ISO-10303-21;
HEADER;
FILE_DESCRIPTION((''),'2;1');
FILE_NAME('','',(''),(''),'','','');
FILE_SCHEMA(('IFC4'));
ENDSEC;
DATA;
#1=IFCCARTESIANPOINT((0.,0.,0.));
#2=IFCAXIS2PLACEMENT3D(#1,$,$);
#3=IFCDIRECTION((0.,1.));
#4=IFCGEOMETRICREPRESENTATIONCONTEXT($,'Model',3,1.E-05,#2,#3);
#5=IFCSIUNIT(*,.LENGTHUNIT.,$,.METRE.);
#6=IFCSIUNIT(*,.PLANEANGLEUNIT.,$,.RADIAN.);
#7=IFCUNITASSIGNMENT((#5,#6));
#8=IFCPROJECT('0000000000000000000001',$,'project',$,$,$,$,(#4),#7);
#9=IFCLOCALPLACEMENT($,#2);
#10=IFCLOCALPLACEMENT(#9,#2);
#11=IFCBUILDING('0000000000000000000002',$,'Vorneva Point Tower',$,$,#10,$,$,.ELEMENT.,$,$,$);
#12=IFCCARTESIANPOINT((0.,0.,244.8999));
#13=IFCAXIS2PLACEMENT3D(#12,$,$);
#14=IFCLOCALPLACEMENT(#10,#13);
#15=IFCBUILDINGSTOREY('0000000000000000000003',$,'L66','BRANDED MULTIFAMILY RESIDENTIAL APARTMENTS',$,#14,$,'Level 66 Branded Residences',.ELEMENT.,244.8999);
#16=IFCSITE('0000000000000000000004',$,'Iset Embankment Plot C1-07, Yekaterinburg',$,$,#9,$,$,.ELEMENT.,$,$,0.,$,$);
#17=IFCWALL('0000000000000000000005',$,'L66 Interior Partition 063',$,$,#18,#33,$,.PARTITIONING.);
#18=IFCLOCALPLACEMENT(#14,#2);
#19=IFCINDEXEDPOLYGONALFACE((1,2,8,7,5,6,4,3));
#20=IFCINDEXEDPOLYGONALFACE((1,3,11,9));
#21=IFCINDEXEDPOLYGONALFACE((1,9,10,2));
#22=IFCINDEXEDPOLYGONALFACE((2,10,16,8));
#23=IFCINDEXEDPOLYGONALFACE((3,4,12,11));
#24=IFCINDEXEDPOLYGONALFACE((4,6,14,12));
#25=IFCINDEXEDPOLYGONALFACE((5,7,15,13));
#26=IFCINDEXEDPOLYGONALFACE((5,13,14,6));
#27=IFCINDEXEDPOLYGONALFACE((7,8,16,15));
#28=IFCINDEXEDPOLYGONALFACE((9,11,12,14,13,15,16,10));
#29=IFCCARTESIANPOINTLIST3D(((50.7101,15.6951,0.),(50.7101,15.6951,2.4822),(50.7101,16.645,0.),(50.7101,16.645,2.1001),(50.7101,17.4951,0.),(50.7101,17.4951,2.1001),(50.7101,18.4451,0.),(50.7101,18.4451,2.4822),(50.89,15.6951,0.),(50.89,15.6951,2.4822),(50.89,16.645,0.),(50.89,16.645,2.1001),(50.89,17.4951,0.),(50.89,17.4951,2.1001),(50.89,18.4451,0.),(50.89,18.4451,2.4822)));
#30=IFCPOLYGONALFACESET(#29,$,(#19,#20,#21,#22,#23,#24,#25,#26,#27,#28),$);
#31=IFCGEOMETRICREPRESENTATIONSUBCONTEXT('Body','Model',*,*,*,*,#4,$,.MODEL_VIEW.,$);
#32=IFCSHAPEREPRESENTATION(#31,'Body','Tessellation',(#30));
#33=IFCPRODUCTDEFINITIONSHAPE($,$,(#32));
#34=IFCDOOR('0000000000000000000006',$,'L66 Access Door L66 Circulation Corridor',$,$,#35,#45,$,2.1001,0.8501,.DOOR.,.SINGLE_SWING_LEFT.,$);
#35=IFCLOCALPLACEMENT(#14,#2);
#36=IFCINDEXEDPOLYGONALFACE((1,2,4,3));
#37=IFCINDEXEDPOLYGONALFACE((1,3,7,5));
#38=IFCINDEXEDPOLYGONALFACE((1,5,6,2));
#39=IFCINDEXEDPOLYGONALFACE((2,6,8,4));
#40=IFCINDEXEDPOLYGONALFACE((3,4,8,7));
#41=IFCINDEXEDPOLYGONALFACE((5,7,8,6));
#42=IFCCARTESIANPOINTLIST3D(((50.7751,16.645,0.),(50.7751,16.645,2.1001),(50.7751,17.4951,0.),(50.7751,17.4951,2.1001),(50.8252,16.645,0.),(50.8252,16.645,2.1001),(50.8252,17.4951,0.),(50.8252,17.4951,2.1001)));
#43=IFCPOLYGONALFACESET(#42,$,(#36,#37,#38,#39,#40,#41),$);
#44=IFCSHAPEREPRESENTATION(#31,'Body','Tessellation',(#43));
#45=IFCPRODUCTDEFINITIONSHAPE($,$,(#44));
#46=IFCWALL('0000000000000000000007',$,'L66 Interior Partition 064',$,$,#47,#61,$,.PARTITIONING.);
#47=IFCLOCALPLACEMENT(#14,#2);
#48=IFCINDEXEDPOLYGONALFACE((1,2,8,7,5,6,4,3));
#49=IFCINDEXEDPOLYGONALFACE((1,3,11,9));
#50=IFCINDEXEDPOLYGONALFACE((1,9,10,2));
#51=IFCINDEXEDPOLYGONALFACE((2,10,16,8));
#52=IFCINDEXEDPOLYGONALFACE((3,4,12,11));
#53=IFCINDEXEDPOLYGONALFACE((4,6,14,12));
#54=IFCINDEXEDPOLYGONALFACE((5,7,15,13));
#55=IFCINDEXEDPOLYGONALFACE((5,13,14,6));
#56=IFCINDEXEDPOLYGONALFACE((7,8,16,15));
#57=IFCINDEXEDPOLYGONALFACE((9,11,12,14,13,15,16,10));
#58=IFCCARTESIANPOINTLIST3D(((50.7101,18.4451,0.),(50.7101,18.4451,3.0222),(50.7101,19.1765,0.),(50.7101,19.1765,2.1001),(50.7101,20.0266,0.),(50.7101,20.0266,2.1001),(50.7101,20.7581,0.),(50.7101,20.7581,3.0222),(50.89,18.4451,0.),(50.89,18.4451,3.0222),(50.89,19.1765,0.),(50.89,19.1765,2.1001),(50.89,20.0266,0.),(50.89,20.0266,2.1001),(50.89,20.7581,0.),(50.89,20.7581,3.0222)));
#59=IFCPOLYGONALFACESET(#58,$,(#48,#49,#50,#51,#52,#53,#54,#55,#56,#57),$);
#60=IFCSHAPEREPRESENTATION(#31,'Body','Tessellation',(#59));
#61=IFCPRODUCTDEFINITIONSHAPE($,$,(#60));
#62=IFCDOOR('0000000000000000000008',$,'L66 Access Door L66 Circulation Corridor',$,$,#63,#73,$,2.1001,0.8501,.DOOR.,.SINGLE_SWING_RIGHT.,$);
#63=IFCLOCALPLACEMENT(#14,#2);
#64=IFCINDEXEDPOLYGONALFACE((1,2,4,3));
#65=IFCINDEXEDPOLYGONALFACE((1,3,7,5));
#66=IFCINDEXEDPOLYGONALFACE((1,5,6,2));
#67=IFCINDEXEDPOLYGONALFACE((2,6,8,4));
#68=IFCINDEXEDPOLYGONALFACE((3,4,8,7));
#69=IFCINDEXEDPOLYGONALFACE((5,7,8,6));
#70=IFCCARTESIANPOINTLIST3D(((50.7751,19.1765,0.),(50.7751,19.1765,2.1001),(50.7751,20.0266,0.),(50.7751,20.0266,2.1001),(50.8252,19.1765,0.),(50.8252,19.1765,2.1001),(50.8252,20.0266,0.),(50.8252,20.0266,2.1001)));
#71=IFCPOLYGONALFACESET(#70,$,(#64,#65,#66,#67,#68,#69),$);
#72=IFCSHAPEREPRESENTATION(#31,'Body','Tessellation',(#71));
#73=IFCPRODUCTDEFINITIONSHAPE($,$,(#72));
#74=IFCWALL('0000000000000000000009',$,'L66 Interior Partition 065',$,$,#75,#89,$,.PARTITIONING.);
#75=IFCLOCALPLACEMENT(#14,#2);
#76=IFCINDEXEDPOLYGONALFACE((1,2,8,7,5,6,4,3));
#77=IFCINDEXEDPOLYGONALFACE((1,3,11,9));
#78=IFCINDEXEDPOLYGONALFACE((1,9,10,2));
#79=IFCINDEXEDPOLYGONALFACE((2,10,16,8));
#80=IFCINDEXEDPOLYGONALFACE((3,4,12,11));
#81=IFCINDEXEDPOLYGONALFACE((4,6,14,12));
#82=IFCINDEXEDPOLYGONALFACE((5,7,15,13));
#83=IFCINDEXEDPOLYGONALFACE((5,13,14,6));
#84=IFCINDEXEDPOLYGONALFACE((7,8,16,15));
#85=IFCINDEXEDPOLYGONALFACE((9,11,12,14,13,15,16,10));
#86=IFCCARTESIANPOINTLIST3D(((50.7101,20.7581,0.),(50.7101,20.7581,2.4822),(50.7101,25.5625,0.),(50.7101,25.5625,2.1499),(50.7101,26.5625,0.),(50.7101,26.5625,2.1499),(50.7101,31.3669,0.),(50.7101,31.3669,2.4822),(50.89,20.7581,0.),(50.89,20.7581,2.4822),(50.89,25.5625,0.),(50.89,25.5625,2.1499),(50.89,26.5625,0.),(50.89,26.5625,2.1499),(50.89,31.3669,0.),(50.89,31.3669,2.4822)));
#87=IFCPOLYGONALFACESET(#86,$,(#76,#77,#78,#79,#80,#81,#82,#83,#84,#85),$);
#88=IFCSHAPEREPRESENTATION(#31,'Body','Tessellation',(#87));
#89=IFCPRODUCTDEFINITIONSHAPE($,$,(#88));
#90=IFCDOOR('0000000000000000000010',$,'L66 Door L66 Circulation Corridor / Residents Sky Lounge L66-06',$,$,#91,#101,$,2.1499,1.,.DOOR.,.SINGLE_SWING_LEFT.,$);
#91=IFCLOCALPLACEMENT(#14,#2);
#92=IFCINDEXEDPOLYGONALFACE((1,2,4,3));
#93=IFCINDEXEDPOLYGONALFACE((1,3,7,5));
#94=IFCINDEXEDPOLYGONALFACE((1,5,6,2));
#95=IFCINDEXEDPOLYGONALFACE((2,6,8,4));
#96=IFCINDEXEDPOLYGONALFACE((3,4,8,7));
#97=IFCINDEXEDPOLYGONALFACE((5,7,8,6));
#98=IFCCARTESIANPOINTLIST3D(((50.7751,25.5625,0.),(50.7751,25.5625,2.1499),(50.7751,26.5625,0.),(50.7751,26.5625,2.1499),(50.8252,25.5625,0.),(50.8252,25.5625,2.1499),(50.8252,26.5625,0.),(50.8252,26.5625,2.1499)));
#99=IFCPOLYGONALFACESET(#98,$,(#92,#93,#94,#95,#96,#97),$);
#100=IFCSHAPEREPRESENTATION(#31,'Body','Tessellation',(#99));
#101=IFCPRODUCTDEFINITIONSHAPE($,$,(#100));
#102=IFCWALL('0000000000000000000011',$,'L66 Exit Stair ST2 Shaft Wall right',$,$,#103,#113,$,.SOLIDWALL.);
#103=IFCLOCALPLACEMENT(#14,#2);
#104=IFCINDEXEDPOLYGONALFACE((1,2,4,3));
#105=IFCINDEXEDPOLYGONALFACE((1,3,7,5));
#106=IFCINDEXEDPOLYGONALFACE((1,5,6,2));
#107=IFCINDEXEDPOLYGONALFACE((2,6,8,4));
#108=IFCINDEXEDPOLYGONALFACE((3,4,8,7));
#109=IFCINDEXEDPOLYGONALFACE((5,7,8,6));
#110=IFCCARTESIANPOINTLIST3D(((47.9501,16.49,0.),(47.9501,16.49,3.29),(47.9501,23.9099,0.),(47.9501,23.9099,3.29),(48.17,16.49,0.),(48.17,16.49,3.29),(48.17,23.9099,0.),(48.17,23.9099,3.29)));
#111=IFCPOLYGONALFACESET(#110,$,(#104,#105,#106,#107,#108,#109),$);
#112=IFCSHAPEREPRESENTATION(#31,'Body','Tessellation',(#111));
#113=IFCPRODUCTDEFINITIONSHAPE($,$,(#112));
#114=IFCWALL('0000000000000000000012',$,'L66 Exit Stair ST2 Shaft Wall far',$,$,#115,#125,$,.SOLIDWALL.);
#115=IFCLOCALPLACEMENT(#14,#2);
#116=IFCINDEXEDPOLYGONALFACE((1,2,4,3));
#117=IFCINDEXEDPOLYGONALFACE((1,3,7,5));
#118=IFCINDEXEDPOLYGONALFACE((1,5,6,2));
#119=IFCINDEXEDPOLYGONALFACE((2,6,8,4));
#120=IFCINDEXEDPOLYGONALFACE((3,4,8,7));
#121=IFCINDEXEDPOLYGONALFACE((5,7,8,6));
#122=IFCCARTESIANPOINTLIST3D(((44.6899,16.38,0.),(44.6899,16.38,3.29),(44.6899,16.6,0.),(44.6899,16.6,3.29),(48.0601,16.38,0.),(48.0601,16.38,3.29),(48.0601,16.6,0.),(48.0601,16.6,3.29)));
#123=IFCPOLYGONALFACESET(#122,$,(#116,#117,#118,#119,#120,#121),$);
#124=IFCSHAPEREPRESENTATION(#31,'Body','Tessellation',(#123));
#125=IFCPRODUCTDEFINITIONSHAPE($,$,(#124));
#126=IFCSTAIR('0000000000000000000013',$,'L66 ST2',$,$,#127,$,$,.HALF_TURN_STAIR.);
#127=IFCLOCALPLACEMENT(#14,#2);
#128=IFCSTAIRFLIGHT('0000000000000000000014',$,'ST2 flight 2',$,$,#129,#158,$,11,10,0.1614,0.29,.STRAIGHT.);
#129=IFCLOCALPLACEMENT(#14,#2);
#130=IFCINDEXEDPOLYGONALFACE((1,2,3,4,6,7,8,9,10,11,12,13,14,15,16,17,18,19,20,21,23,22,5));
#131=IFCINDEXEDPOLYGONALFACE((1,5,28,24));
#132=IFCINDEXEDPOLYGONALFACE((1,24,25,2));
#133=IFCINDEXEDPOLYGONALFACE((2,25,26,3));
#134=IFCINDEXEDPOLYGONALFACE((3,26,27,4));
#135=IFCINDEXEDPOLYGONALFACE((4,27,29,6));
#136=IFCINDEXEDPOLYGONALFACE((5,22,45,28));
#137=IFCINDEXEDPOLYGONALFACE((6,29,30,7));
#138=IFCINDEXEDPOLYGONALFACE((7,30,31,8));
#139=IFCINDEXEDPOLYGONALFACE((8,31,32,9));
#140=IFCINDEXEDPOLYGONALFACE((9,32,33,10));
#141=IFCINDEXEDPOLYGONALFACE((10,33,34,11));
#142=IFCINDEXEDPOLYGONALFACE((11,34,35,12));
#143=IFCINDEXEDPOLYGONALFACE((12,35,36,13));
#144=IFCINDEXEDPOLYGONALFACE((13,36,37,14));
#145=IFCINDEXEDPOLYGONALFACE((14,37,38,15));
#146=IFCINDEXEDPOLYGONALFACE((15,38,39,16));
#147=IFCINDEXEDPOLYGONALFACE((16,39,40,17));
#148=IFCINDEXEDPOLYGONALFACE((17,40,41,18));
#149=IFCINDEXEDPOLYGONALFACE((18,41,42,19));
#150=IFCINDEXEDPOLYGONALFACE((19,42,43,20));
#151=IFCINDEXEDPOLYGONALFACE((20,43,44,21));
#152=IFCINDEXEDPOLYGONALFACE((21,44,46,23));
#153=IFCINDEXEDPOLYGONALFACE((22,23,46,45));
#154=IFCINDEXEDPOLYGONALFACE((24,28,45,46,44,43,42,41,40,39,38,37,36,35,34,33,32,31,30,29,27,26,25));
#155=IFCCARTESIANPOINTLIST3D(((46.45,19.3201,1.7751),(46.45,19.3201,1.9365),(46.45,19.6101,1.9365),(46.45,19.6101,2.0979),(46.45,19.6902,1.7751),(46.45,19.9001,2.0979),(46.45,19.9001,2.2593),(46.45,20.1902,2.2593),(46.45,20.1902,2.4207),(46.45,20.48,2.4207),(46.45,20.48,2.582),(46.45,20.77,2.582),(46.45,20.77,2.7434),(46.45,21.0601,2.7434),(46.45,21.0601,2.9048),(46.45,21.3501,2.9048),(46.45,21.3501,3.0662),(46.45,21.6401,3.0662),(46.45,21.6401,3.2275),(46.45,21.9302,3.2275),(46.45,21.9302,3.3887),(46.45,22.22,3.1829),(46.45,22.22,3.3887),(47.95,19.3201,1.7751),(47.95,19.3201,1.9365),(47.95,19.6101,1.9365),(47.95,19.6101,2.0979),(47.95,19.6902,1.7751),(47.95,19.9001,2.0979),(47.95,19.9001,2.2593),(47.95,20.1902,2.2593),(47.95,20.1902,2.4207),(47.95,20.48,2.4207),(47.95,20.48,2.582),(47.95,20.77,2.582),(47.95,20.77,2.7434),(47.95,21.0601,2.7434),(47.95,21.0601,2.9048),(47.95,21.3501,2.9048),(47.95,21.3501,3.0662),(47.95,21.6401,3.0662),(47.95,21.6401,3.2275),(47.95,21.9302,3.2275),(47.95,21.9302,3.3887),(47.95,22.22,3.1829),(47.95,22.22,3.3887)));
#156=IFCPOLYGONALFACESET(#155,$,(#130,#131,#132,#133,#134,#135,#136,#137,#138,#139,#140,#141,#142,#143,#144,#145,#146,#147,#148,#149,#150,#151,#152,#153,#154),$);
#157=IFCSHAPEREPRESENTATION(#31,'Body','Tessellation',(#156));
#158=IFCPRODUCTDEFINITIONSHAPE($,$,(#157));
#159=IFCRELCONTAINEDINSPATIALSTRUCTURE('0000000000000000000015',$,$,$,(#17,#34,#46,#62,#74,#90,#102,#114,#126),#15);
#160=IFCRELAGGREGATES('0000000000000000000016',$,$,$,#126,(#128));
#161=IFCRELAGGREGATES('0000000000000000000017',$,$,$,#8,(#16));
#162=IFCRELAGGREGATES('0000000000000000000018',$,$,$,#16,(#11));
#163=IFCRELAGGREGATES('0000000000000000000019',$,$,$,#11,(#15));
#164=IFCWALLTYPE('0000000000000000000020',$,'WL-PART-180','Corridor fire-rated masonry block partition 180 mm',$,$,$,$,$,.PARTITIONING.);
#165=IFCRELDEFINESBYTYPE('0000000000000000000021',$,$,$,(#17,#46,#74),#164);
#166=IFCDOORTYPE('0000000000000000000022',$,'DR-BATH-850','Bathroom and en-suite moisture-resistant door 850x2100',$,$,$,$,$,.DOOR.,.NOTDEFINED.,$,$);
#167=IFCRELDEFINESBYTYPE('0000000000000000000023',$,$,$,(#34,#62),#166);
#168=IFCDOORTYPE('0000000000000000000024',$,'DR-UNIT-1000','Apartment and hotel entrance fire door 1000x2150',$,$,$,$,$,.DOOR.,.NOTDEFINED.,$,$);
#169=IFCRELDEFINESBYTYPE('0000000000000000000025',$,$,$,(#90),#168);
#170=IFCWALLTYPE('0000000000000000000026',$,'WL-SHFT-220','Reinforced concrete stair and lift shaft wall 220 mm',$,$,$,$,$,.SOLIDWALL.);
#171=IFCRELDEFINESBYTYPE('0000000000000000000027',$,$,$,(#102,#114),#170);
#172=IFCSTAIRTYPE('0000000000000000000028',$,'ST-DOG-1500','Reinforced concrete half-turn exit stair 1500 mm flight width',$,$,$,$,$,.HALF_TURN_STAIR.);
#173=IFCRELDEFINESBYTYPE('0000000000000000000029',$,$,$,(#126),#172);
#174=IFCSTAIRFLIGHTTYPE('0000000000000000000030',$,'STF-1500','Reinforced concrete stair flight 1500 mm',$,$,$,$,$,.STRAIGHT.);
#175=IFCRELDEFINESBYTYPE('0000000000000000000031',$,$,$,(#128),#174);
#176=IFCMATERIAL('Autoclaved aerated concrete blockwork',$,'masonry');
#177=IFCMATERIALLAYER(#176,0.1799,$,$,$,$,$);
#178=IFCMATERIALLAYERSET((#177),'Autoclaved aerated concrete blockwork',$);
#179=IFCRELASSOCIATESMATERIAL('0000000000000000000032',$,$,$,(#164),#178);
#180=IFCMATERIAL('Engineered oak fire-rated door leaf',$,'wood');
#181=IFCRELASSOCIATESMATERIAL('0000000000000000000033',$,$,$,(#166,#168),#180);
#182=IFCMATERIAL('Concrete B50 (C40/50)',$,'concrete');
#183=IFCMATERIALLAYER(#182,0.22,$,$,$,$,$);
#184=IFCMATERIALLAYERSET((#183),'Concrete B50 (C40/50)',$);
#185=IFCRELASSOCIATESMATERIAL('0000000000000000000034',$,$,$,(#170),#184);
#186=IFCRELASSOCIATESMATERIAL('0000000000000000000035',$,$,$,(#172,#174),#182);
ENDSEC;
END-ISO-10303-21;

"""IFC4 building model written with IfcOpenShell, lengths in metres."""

from ifc_helpers import new_model, si_unit, direction, frame, frame_2d, origin, place, context, subcontext, project, spatial, polyline, rectangle, outline, extrude, material, layer, layer_set, type_object, element, fill, aggregate, save


model = new_model("IFC4")

# Units and contexts
model_context = context("Model", 3, precision=1e-05, world=origin(), true_north=direction((0.0, 1.0)))
body_context = subcontext(model_context, "Body", "Model", "MODEL_VIEW")
ifc_project = project(units=[si_unit("LENGTHUNIT", "METRE"), si_unit("PLANEANGLEUNIT", "RADIAN")], contexts=[model_context])

# Site, building, storey
site_placement = place(None, origin())
site = spatial("IfcSite", under=ifc_project, at=site_placement, Name="Iset Embankment Plot C1-07, Yekaterinburg", CompositionType="ELEMENT", RefElevation=0.0)
building_placement = place(site_placement, origin())
building = spatial("IfcBuilding", under=site, at=building_placement, Name="Vorneva Point Tower", CompositionType="ELEMENT")
storey_placement = place(building_placement, frame((0.0, 0.0, 244.8999)))
storey = spatial("IfcBuildingStorey", under=building, at=storey_placement, Name="L66", Description="BRANDED MULTIFAMILY RESIDENTIAL APARTMENTS", LongName="Level 66 Branded Residences", CompositionType="ELEMENT", Elevation=244.8999)

# Shared definitions
ifc_material_1 = material(Name="Concrete B50 (C40/50)", Category="concrete")

# Shared definitions
ifc_material_2 = material(Name="Engineered oak fire-rated door leaf", Category="wood")

# Shared definitions
ifc_material_3 = material(Name="Autoclaved aerated concrete blockwork", Category="masonry")
ifc_layer_1 = layer(ifc_material_3, 0.1799)
ifc_layer_set_1 = layer_set([ifc_layer_1], Name="Autoclaved aerated concrete blockwork")
wall_type_1 = type_object("IfcWallType", Name="WL-PART-180", Description="Corridor fire-rated masonry block partition 180 mm", PredefinedType="PARTITIONING", material=ifc_layer_set_1)

# Walls, openings, doors
wall_1_placement = place(storey_placement, frame((50.8, 15.6951, 0.0), z_axis=(0.0, 0.0, 1.0), x_axis=(0.0, 1.0, 0.0)))
wall_1 = element("IfcWall", 1, at=wall_1_placement, inside=storey, type_object=wall_type_1, Name="L66 Interior Partition 063", PredefinedType="PARTITIONING", context=body_context, shape_type="SweptSolid", body=[
    extrude(rectangle(XDim=2.75, YDim=0.1799, at=frame_2d((1.375, 0.0))), origin(), (0.0, 0.0, 1.0), 2.4822),
])
opening_1_placement = place(wall_1_placement, frame((0.95, 0.0, 0.0)))
opening_1 = element("IfcOpeningElement", 2, at=opening_1_placement, cuts=wall_1, PredefinedType="OPENING", context=body_context, shape_type="SweptSolid", body=[
    extrude(rectangle(XDim=0.8501, YDim=2.1001, at=frame_2d((0.425, 1.05))), frame((0.0, 0.105, 0.0), z_axis=(0.0, -1.0, 0.0), x_axis=(1.0, 0.0, 0.0)), (0.0, 0.0, 1.0), 0.2097),
])
door_type_1 = type_object("IfcDoorType", Name="DR-BATH-850", Description="Bathroom and en-suite moisture-resistant door 850x2100", OperationType="NOTDEFINED", PredefinedType="DOOR", material=ifc_material_2)
door_1_placement = place(opening_1_placement, origin())
door_1 = element("IfcDoor", 3, at=door_1_placement, inside=storey, type_object=door_type_1, Name="L66 Access Door L66 Circulation Corridor", OperationType="SINGLE_SWING_LEFT", OverallHeight=2.1001, OverallWidth=0.8501, PredefinedType="DOOR", context=body_context, shape_type="SweptSolid", body=[
    extrude(rectangle(XDim=0.8501, YDim=2.1001, at=frame_2d((0.425, 1.05))), frame((0.0, 0.0249, 0.0), z_axis=(0.0, -1.0, 0.0), x_axis=(1.0, 0.0, 0.0)), (0.0, 0.0, 1.0), 0.05),
])
fill(opening_1, door_1)
wall_2_placement = place(storey_placement, frame((50.8, 18.4451, 0.0), z_axis=(0.0, 0.0, 1.0), x_axis=(0.0, 1.0, 0.0)))
wall_2 = element("IfcWall", 4, at=wall_2_placement, inside=storey, type_object=wall_type_1, Name="L66 Interior Partition 064", PredefinedType="PARTITIONING", context=body_context, shape_type="SweptSolid", body=[
    extrude(rectangle(XDim=2.313, YDim=0.1799, at=frame_2d((1.1565, 0.0))), origin(), (0.0, 0.0, 1.0), 3.0222),
])
opening_2_placement = place(wall_2_placement, frame((0.7314, 0.0, 0.0)))
opening_2 = element("IfcOpeningElement", 5, at=opening_2_placement, cuts=wall_2, PredefinedType="OPENING", context=body_context, shape_type="SweptSolid", body=[
    extrude(rectangle(XDim=0.8501, YDim=2.1001, at=frame_2d((0.425, 1.05))), frame((0.0, 0.105, 0.0), z_axis=(0.0, -1.0, 0.0), x_axis=(1.0, 0.0, 0.0)), (0.0, 0.0, 1.0), 0.2097),
])
door_2_placement = place(opening_2_placement, origin())
door_2 = element("IfcDoor", 6, at=door_2_placement, inside=storey, type_object=door_type_1, Name="L66 Access Door L66 Circulation Corridor", OperationType="SINGLE_SWING_RIGHT", OverallHeight=2.1001, OverallWidth=0.8501, PredefinedType="DOOR", context=body_context, shape_type="SweptSolid", body=[
    extrude(rectangle(XDim=0.8501, YDim=2.1001, at=frame_2d((0.425, 1.05))), frame((0.0, 0.0249, 0.0), z_axis=(0.0, -1.0, 0.0), x_axis=(1.0, 0.0, 0.0)), (0.0, 0.0, 1.0), 0.05),
])
fill(opening_2, door_2)
wall_3_placement = place(storey_placement, frame((50.8, 20.7581, 0.0), z_axis=(0.0, 0.0, 1.0), x_axis=(0.0, 1.0, 0.0)))
wall_3 = element("IfcWall", 7, at=wall_3_placement, inside=storey, type_object=wall_type_1, Name="L66 Interior Partition 065", PredefinedType="PARTITIONING", context=body_context, shape_type="SweptSolid", body=[
    extrude(rectangle(XDim=10.6089, YDim=0.1799, at=frame_2d((5.3044, 0.0))), origin(), (0.0, 0.0, 1.0), 2.4822),
])
opening_3_placement = place(wall_3_placement, frame((4.8044, 0.0, 0.0)))
opening_3 = element("IfcOpeningElement", 8, at=opening_3_placement, cuts=wall_3, PredefinedType="OPENING", context=body_context, shape_type="SweptSolid", body=[
    extrude(rectangle(XDim=1.0, YDim=2.1499, at=frame_2d((0.5, 1.075))), frame((0.0, 0.105, 0.0), z_axis=(0.0, -1.0, 0.0), x_axis=(1.0, 0.0, 0.0)), (0.0, 0.0, 1.0), 0.2097),
])
door_type_2 = type_object("IfcDoorType", Name="DR-UNIT-1000", Description="Apartment and hotel entrance fire door 1000x2150", OperationType="NOTDEFINED", PredefinedType="DOOR", material=ifc_material_2)
door_3_placement = place(opening_3_placement, origin())
door_3 = element("IfcDoor", 9, at=door_3_placement, inside=storey, type_object=door_type_2, Name="L66 Door L66 Circulation Corridor / Residents Sky Lounge L66-06", OperationType="SINGLE_SWING_LEFT", OverallHeight=2.1499, OverallWidth=1.0, PredefinedType="DOOR", context=body_context, shape_type="SweptSolid", body=[
    extrude(rectangle(XDim=1.0, YDim=2.1499, at=frame_2d((0.5, 1.075))), frame((0.0, 0.0249, 0.0), z_axis=(0.0, -1.0, 0.0), x_axis=(1.0, 0.0, 0.0)), (0.0, 0.0, 1.0), 0.05),
])
fill(opening_3, door_3)

# Walls
ifc_layer_2 = layer(ifc_material_1, 0.22)
ifc_layer_set_2 = layer_set([ifc_layer_2], Name="Concrete B50 (C40/50)")
wall_type_2 = type_object("IfcWallType", Name="WL-SHFT-220", Description="Reinforced concrete stair and lift shaft wall 220 mm", PredefinedType="SOLIDWALL", material=ifc_layer_set_2)
wall_4_placement = place(storey_placement, frame((48.0601, 23.9099, 0.0), z_axis=(0.0, 0.0, 1.0), x_axis=(0.0, -1.0, 0.0)))
element("IfcWall", 10, at=wall_4_placement, inside=storey, type_object=wall_type_2, Name="L66 Exit Stair ST2 Shaft Wall right", PredefinedType="SOLIDWALL", context=body_context, shape_type="SweptSolid", body=[
    extrude(rectangle(XDim=7.4199, YDim=0.22, at=frame_2d((3.71, 0.0))), origin(), (0.0, 0.0, 1.0), 3.29),
])
wall_5_placement = place(storey_placement, frame((48.0601, 16.49, 0.0), z_axis=(0.0, 0.0, 1.0), x_axis=(-1.0, 0.0, 0.0)))
element("IfcWall", 11, at=wall_5_placement, inside=storey, type_object=wall_type_2, Name="L66 Exit Stair ST2 Shaft Wall far", PredefinedType="SOLIDWALL", context=body_context, shape_type="SweptSolid", body=[
    extrude(rectangle(XDim=3.3701, YDim=0.22, at=frame_2d((1.6851, 0.0))), origin(), (0.0, 0.0, 1.0), 3.29),
])

# Stair, stair flight
stair_type = type_object("IfcStairType", Name="ST-DOG-1500", Description="Reinforced concrete half-turn exit stair 1500 mm flight width", PredefinedType="HALF_TURN_STAIR", material=ifc_material_1)
stair_placement = place(storey_placement, origin())
stair = element("IfcStair", 12, at=stair_placement, inside=storey, type_object=stair_type, Name="L66 ST2", PredefinedType="HALF_TURN_STAIR")
stair_flight_type = type_object("IfcStairFlightType", Name="STF-1500", Description="Reinforced concrete stair flight 1500 mm", PredefinedType="STRAIGHT", material=ifc_material_1)
stair_flight_placement = place(storey_placement, frame((47.2, 19.3201, 1.7751), z_axis=(0.0, 0.0, 1.0), x_axis=(0.0, 1.0, 0.0)))
stair_flight = element("IfcStairFlight", 13, at=stair_flight_placement, type_object=stair_flight_type, Name="ST2 flight 2", NumberOfRisers=11, NumberOfTreads=10, PredefinedType="STRAIGHT", RiserHeight=0.1614, TreadLength=0.29, context=body_context, shape_type="SweptSolid", body=[
    extrude(outline(polyline([(0.0, 0.0), (0.0, 0.1614), (0.29, 0.1614), (0.29, 0.3228), (0.5801, 0.3228), (0.5801, 0.4841), (0.8701, 0.4841), (0.8701, 0.6455), (1.1599, 0.6455), (1.1599, 0.8069), (1.45, 0.8069), (1.45, 0.9683), (1.74, 0.9683), (1.74, 1.1296), (2.03, 1.1296), (2.03, 1.291), (2.3201, 1.291), (2.3201, 1.4524), (2.6101, 1.4524), (2.6101, 1.6135), (2.8999, 1.6135), (2.8999, 1.7749), (2.8999, 1.4077), (0.3701, 0.0), (0.0, 0.0)])), frame((0.0, 0.75, 0.0), z_axis=(0.0, -1.0, 0.0), x_axis=(1.0, 0.0, 0.0)), (0.0, 0.0, 1.0), 1.5),
])
aggregate(stair, [stair_flight])

save(model, "model.ifc")
